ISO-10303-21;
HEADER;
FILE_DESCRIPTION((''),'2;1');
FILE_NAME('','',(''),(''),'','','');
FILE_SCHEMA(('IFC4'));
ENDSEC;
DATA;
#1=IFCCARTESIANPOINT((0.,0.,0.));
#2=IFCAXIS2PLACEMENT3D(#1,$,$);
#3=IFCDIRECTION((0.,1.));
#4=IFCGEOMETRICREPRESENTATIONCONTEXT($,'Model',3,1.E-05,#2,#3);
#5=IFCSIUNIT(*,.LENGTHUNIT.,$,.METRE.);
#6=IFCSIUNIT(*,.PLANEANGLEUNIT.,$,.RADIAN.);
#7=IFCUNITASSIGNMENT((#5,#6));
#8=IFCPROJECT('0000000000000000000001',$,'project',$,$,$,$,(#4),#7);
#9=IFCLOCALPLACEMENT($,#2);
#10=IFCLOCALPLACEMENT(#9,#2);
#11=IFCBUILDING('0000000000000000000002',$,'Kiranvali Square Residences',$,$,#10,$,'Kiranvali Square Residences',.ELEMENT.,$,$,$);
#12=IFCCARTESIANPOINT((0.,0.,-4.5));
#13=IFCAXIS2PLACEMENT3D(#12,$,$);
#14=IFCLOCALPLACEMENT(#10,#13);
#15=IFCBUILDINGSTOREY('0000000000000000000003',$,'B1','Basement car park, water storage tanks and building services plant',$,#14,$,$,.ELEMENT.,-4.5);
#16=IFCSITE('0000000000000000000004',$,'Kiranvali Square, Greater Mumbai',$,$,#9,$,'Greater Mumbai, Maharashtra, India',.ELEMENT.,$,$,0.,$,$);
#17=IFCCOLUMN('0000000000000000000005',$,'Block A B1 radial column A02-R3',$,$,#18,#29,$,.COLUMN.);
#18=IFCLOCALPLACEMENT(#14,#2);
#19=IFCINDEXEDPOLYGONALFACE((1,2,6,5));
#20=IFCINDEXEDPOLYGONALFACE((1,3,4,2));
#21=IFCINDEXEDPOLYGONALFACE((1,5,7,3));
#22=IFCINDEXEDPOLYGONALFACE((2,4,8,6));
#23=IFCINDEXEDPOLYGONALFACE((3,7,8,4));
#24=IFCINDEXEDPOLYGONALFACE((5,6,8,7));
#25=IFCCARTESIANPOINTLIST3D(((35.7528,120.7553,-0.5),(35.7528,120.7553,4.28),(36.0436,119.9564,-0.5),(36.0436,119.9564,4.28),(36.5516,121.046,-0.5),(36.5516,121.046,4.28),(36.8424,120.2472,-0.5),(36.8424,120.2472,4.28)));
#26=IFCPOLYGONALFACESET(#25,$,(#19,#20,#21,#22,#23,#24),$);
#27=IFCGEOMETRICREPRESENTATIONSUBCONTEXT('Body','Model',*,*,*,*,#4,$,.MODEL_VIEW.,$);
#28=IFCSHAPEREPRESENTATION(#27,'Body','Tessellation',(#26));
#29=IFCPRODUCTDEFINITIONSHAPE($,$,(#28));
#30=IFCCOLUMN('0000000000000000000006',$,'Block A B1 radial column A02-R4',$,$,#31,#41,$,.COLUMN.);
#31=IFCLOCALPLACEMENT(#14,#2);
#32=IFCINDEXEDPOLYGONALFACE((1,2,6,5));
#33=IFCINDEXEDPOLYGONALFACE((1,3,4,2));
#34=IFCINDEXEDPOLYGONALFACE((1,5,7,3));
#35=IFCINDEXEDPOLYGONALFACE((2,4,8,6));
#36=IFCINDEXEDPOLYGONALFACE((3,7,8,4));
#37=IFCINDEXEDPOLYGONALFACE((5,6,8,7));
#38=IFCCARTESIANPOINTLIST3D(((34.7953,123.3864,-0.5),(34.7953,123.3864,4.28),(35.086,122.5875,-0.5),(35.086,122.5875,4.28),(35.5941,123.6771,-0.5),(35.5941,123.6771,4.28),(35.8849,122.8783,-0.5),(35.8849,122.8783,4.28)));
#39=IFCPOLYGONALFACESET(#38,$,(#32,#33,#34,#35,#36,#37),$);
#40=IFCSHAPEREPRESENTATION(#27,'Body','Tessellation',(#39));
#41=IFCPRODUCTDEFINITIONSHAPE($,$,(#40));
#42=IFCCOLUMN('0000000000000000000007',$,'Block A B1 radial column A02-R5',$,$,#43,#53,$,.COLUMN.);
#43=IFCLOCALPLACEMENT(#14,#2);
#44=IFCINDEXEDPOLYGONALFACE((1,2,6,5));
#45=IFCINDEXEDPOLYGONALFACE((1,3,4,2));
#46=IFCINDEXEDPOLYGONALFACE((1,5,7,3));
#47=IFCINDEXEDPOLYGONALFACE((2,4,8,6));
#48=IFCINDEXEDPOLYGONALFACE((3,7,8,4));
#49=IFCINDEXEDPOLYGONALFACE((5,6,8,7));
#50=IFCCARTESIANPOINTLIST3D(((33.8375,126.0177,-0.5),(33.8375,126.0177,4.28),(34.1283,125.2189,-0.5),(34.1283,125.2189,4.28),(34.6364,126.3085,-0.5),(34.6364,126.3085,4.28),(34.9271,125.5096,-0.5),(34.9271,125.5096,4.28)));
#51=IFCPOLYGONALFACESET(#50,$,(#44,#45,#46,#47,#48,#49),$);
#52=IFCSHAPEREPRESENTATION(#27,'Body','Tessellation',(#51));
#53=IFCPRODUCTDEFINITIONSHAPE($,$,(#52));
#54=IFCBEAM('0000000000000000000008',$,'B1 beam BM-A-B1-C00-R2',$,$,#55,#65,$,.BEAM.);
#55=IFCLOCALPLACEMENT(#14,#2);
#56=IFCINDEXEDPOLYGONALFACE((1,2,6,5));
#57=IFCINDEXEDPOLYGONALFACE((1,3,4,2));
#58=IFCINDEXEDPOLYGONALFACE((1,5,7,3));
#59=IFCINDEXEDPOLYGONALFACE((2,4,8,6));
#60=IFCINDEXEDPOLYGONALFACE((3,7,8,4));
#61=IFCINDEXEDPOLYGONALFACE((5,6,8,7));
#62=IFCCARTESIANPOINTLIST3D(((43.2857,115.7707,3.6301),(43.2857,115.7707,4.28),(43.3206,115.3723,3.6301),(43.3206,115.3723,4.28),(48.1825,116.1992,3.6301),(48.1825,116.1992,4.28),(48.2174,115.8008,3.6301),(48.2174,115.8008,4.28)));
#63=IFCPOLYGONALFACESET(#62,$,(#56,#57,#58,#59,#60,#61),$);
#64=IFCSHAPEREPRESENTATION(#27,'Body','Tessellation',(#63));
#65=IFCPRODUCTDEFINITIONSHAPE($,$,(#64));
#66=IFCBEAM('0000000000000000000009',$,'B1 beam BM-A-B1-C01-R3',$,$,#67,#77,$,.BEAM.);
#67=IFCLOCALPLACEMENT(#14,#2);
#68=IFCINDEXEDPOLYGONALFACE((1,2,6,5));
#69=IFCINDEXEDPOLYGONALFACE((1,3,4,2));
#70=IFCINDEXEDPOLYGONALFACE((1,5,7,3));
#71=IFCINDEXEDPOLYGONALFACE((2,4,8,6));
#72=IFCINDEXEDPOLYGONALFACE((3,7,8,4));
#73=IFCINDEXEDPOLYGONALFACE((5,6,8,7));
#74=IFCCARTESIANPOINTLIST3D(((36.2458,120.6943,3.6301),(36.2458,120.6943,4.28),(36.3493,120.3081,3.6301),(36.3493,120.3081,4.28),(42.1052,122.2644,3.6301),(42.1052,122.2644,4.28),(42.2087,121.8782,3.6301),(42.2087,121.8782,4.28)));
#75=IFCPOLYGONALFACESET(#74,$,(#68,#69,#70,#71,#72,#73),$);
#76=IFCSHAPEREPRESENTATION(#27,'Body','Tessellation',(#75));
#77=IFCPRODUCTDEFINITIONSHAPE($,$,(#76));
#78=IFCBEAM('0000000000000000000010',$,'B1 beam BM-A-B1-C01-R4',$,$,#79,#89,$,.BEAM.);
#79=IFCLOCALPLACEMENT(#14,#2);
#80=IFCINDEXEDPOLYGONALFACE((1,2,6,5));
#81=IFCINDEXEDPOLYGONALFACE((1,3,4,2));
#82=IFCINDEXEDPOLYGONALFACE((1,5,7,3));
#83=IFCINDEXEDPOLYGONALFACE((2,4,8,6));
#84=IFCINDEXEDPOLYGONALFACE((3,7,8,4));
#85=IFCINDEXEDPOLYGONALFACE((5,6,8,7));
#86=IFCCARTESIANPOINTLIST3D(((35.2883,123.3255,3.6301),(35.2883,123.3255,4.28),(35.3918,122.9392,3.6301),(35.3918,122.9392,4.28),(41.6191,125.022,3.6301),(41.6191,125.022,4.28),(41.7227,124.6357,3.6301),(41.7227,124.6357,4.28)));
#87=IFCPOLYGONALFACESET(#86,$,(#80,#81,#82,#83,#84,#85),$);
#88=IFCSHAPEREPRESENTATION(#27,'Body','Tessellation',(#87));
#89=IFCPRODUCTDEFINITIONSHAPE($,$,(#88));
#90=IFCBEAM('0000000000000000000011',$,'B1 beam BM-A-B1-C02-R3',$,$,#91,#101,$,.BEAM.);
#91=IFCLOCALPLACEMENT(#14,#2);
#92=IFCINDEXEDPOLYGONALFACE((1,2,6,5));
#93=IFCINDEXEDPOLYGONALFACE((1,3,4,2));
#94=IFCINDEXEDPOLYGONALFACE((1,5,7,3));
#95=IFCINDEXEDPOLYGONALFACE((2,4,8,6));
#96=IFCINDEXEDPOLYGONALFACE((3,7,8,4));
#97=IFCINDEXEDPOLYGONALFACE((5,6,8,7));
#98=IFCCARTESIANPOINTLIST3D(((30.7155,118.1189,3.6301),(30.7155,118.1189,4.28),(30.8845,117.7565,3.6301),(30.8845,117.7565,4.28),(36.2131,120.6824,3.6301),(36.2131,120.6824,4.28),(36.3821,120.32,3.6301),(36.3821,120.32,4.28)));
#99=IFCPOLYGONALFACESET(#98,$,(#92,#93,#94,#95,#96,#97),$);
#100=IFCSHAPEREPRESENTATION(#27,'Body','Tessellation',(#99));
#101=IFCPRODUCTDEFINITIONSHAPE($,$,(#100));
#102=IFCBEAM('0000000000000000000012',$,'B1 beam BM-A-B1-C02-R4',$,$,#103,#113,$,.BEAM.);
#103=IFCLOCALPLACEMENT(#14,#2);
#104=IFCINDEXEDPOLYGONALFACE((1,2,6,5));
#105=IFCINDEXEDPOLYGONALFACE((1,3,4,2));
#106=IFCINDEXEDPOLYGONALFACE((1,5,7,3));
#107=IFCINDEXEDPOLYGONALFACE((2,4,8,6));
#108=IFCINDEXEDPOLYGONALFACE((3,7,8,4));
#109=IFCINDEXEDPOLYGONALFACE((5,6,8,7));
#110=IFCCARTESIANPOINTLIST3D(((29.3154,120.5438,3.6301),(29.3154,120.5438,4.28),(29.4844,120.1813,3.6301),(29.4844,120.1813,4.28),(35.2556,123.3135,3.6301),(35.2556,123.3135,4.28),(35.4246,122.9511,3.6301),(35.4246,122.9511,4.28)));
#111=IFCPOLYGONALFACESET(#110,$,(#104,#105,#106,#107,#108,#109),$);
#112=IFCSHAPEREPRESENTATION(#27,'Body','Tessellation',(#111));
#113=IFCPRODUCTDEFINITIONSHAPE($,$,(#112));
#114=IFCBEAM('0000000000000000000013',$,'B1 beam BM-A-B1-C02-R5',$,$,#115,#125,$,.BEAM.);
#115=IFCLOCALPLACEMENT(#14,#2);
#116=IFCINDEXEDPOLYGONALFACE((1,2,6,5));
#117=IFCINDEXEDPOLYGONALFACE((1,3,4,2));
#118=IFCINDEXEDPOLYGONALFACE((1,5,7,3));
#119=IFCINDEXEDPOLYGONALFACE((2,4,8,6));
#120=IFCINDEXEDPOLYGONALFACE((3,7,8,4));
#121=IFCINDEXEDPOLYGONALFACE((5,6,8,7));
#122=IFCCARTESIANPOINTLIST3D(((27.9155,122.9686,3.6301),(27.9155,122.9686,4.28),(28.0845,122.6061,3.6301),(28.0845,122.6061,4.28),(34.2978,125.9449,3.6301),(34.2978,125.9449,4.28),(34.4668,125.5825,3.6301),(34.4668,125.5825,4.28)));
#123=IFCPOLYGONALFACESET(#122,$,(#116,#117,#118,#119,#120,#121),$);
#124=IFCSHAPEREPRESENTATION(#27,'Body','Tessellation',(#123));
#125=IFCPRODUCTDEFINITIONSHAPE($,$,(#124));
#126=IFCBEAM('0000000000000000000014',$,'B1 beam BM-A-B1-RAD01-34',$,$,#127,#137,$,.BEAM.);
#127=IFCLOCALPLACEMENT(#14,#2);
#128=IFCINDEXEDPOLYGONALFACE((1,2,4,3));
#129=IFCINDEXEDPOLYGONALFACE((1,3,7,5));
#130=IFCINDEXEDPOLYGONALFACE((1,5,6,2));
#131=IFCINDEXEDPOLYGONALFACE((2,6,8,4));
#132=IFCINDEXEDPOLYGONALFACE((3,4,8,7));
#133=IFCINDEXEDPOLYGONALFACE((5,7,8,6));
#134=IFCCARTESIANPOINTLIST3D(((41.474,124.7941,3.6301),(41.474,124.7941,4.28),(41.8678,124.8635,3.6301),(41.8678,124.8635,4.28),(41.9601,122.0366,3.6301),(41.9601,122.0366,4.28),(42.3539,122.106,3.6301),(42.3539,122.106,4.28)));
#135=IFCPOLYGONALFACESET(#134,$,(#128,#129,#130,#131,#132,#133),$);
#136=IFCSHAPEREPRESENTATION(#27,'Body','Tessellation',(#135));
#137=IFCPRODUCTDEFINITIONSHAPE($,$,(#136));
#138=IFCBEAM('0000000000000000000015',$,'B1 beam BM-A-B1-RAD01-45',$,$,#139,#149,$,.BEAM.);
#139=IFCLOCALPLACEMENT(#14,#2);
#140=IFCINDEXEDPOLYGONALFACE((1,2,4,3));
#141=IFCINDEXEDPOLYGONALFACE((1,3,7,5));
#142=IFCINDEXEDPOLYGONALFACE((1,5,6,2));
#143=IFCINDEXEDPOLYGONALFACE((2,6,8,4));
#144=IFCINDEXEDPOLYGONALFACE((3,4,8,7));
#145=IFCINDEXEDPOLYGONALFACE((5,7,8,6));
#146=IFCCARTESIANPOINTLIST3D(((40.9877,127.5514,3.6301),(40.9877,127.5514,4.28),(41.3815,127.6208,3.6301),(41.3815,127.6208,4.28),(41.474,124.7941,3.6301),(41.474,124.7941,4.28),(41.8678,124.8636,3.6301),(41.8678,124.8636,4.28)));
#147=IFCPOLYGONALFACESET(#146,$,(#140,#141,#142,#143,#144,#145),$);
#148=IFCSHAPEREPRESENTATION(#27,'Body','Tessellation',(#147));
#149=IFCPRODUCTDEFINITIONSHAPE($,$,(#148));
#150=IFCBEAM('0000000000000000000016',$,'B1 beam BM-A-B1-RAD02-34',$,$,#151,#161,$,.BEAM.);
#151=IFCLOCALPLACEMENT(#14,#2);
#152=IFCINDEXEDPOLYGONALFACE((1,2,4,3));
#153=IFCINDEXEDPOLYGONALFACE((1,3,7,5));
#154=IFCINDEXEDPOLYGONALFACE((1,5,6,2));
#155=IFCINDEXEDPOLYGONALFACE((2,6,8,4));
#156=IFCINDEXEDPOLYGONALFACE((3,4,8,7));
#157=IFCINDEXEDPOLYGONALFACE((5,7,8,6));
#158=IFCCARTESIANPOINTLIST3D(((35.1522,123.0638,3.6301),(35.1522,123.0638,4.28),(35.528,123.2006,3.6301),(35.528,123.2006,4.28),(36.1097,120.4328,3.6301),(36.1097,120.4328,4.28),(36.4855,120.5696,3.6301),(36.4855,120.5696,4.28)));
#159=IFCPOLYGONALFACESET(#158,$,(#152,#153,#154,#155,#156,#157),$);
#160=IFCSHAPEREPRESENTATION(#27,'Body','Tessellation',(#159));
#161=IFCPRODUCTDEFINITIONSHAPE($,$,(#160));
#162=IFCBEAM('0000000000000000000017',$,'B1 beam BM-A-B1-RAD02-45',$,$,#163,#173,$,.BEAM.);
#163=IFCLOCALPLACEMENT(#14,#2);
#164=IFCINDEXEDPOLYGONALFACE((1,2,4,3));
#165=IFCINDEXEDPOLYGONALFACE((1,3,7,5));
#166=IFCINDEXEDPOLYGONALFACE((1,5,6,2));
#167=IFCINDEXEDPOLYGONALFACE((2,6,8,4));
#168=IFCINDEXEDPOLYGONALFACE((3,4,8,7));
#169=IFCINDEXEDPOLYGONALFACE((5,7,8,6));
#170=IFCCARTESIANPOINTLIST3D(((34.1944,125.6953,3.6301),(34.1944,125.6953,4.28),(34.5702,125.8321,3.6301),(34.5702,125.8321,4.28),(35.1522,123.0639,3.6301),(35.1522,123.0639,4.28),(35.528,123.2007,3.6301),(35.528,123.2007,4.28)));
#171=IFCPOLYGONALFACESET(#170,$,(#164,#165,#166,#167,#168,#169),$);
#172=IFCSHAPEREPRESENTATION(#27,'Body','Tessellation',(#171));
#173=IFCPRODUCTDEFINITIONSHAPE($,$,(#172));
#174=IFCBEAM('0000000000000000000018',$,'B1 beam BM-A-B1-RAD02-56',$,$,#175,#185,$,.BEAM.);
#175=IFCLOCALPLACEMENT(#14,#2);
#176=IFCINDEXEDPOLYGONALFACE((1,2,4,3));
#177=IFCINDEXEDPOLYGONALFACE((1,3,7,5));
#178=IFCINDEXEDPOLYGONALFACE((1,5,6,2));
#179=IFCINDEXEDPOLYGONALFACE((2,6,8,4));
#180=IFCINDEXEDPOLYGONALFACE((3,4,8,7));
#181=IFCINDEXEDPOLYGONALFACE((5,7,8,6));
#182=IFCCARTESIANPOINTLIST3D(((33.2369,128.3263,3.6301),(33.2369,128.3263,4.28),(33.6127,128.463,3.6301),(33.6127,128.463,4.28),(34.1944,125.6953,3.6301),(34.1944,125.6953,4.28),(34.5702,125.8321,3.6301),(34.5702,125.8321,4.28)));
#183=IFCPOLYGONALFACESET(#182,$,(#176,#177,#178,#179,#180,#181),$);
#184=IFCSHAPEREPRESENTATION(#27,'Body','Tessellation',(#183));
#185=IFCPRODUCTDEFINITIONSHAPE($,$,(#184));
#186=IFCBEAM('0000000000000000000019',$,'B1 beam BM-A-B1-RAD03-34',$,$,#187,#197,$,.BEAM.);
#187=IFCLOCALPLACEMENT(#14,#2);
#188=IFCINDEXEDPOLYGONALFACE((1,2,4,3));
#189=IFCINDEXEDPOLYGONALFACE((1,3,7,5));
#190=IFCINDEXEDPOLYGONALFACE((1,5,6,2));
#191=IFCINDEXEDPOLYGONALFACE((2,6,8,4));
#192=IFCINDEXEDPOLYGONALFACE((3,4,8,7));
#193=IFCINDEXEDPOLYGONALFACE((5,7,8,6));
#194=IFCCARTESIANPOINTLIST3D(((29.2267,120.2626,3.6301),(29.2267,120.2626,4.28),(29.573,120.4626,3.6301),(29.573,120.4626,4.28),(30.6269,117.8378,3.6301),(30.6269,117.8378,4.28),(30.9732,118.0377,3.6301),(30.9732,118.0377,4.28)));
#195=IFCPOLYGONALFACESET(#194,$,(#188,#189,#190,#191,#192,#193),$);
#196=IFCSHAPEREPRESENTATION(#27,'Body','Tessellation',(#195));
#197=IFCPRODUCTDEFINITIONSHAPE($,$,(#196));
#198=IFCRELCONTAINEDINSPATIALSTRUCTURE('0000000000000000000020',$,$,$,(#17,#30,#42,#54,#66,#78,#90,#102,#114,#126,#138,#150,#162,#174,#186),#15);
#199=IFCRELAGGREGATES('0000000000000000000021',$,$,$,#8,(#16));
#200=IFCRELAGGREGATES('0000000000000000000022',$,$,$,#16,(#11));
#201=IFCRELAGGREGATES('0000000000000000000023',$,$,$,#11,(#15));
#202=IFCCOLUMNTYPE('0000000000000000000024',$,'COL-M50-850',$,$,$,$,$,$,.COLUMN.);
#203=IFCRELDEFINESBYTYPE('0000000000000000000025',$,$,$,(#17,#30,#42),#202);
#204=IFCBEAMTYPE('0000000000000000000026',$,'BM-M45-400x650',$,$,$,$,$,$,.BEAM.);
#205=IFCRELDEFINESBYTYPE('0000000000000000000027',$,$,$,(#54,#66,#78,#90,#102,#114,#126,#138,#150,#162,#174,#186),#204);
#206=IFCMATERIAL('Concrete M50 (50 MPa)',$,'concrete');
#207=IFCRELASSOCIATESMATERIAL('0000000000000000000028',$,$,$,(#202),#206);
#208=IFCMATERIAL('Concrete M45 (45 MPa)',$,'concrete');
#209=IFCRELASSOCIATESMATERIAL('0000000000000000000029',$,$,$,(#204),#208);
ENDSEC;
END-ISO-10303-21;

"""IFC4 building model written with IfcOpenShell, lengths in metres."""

from ifc_helpers import new_model, si_unit, direction, frame, origin, origin_2d, place, context, subcontext, project, spatial, rectangle, extrude, material, material_profile, profile_set, type_object, element, save


model = new_model("IFC4")

# Units and contexts
model_context = context("Model", 3, precision=1e-05, world=origin(), true_north=direction((0.0, 1.0)))
body_context = subcontext(model_context, "Body", "Model", "MODEL_VIEW")
ifc_project = project(units=[si_unit("LENGTHUNIT", "METRE"), si_unit("PLANEANGLEUNIT", "RADIAN")], contexts=[model_context])

# Site, building, storey
site_placement = place(None, origin())
site = spatial("IfcSite", under=ifc_project, at=site_placement, Name="Kiranvali Square, Greater Mumbai", LongName="Greater Mumbai, Maharashtra, India", CompositionType="ELEMENT", RefElevation=0.0)
building_placement = place(site_placement, origin())
building = spatial("IfcBuilding", under=site, at=building_placement, Name="Kiranvali Square Residences", LongName="Kiranvali Square Residences", CompositionType="ELEMENT")
storey_placement = place(building_placement, frame((0.0, 0.0, -4.5)))
storey = spatial("IfcBuildingStorey", under=building, at=storey_placement, Name="B1", Description="Basement car park, water storage tanks and building services plant", CompositionType="ELEMENT", Elevation=-4.5)

# Columns
ifc_material_1 = material(Name="Concrete M45 (45 MPa)", Category="concrete")
ifc_material_2 = material(Name="Concrete M50 (50 MPa)", Category="concrete")
ifc_material_profile_1 = material_profile(ifc_material_2, rectangle(XDim=0.8501, YDim=0.8501, at=origin_2d()), Name="RC 850x850")
ifc_profile_set_1 = profile_set([ifc_material_profile_1], Name="Concrete M50 (50 MPa)")
column_type_1 = type_object("IfcColumnType", Name="COL-M50-850", PredefinedType="COLUMN", material=ifc_profile_set_1)
for number, where, z_axis, x_axis, name in (
    (1, (36.2976, 120.5012, -0.5), (0.0, 0.0, 1.0), (0.939693, 0.34202, 0.0), "Block A B1 radial column A02-R3"),
    (2, (35.3401, 123.1323, -0.5), (0.0, 0.0, 1.0), (0.939693, 0.34202, 0.0), "Block A B1 radial column A02-R4"),
    (3, (34.3823, 125.7637, -0.5), (0.0, 0.0, 1.0), (0.939693, 0.34202, 0.0), "Block A B1 radial column A02-R5"),
):
    element("IfcColumn", number, at=place(storey_placement, frame(where, z_axis=z_axis, x_axis=x_axis)), inside=storey, type_object=column_type_1, Name=name, PredefinedType="COLUMN", context=body_context, shape_type="SweptSolid", body=[
        extrude(rectangle(XDim=0.8501, YDim=0.8501, at=origin_2d()), origin(), (0.0, 0.0, 1.0), 4.78),
    ])

# Beams
ifc_material_profile_2 = material_profile(ifc_material_1, rectangle(XDim=0.3999, YDim=0.6499, at=origin_2d()), Name="RC 400x650")
ifc_profile_set_2 = profile_set([ifc_material_profile_2], Name="Concrete M45 (45 MPa)")
beam_type = type_object("IfcBeamType", Name="BM-M45-400x650", PredefinedType="BEAM", material=ifc_profile_set_2)
beam_1_placement = place(storey_placement, frame((48.2, 116.0, 3.9551), z_axis=(-0.996194, -0.087168, 0.0), x_axis=(0.087168, -0.996194, 0.0)))
element("IfcBeam", 4, at=beam_1_placement, inside=storey, type_object=beam_type, Name="B1 beam BM-A-B1-C00-R2", PredefinedType="BEAM", context=body_context, shape_type="SweptSolid", body=[
    extrude(rectangle(XDim=0.3999, YDim=0.6499, at=origin_2d()), origin(), (0.0, 0.0, 1.0), 4.9155),
])
beam_2_placement = place(storey_placement, frame((42.157, 122.0713, 3.9551), z_axis=(-0.965924, -0.258827, 0.0), x_axis=(0.258827, -0.965924, 0.0)))
element("IfcBeam", 5, at=beam_2_placement, inside=storey, type_object=beam_type, Name="B1 beam BM-A-B1-C01-R3", PredefinedType="BEAM", context=body_context, shape_type="SweptSolid", body=[
    extrude(rectangle(XDim=0.3999, YDim=0.6499, at=origin_2d()), origin(), (0.0, 0.0, 1.0), 6.0662),
])
beam_3_placement = place(storey_placement, frame((41.6709, 124.8289, 3.9551), z_axis=(-0.965918, -0.258847, 0.0), x_axis=(0.258847, -0.965918, 0.0)))
element("IfcBeam", 6, at=beam_3_placement, inside=storey, type_object=beam_type, Name="B1 beam BM-A-B1-C01-R4", PredefinedType="BEAM", context=body_context, shape_type="SweptSolid", body=[
    extrude(rectangle(XDim=0.3999, YDim=0.6499, at=origin_2d()), origin(), (0.0, 0.0, 1.0), 6.5542),
])
beam_4_placement = place(storey_placement, frame((36.2976, 120.5012, 3.9551), z_axis=(-0.906313, -0.422608, 0.0), x_axis=(0.422608, -0.906313, 0.0)))
element("IfcBeam", 7, at=beam_4_placement, inside=storey, type_object=beam_type, Name="B1 beam BM-A-B1-C02-R3", PredefinedType="BEAM", context=body_context, shape_type="SweptSolid", body=[
    extrude(rectangle(XDim=0.3999, YDim=0.6499, at=origin_2d()), origin(), (0.0, 0.0, 1.0), 6.0659),
])
beam_5_placement = place(storey_placement, frame((35.3401, 123.1323, 3.9551), z_axis=(-0.906318, -0.422596, 0.0), x_axis=(0.422596, -0.906318, 0.0)))
element("IfcBeam", 8, at=beam_5_placement, inside=storey, type_object=beam_type, Name="B1 beam BM-A-B1-C02-R4", PredefinedType="BEAM", context=body_context, shape_type="SweptSolid", body=[
    extrude(rectangle(XDim=0.3999, YDim=0.6499, at=origin_2d()), origin(), (0.0, 0.0, 1.0), 6.5542),
])
beam_6_placement = place(storey_placement, frame((34.3823, 125.7637, 3.9551), z_axis=(-0.906297, -0.422641, 0.0), x_axis=(0.422641, -0.906297, 0.0)))
element("IfcBeam", 9, at=beam_6_placement, inside=storey, type_object=beam_type, Name="B1 beam BM-A-B1-C02-R5", PredefinedType="BEAM", context=body_context, shape_type="SweptSolid", body=[
    extrude(rectangle(XDim=0.3999, YDim=0.6499, at=origin_2d()), origin(), (0.0, 0.0, 1.0), 7.0422),
])
beam_7_placement = place(storey_placement, frame((42.157, 122.0713, 3.9551), z_axis=(-0.173596, 0.984817, 0.0), x_axis=(-0.984817, -0.173596, 0.0)))
element("IfcBeam", 10, at=beam_7_placement, inside=storey, type_object=beam_type, Name="B1 beam BM-A-B1-RAD01-34", PredefinedType="BEAM", context=body_context, shape_type="SweptSolid", body=[
    extrude(rectangle(XDim=0.3999, YDim=0.6499, at=origin_2d()), origin(), (0.0, 0.0, 1.0), 2.8),
])
for number, where, z_axis, x_axis, name in (
    (11, (41.6709, 124.8289, 3.9551), (-0.173696, 0.984799, 0.0), (-0.984799, -0.173696, 0.0), "B1 beam BM-A-B1-RAD01-45"),
    (12, (36.2976, 120.5012, 3.9551), (-0.341981, 0.939707, 0.0), (-0.939707, -0.341981, 0.0), "B1 beam BM-A-B1-RAD02-34"),
):
    element("IfcBeam", number, at=place(storey_placement, frame(where, z_axis=z_axis, x_axis=x_axis)), inside=storey, type_object=beam_type, Name=name, PredefinedType="BEAM", context=body_context, shape_type="SweptSolid", body=[
        extrude(rectangle(XDim=0.3999, YDim=0.6499, at=origin_2d()), origin(), (0.0, 0.0, 1.0), 2.7998),
    ])
beam_8_placement = place(storey_placement, frame((35.3401, 123.1323, 3.9551), z_axis=(-0.34203, 0.939689, 0.0), x_axis=(-0.939689, -0.34203, 0.0)))
element("IfcBeam", 13, at=beam_8_placement, inside=storey, type_object=beam_type, Name="B1 beam BM-A-B1-RAD02-45", PredefinedType="BEAM", context=body_context, shape_type="SweptSolid", body=[
    extrude(rectangle(XDim=0.3999, YDim=0.6499, at=origin_2d()), origin(), (0.0, 0.0, 1.0), 2.8003),
])
beam_9_placement = place(storey_placement, frame((34.3823, 125.7637, 3.9551), z_axis=(-0.341981, 0.939707, 0.0), x_axis=(-0.939707, -0.341981, 0.0)))
element("IfcBeam", 14, at=beam_9_placement, inside=storey, type_object=beam_type, Name="B1 beam BM-A-B1-RAD02-56", PredefinedType="BEAM", context=body_context, shape_type="SweptSolid", body=[
    extrude(rectangle(XDim=0.3999, YDim=0.6499, at=origin_2d()), origin(), (0.0, 0.0, 1.0), 2.7998),
])
beam_10_placement = place(storey_placement, frame((30.8, 117.9377, 3.9551), z_axis=(-0.50005, 0.865997, 0.0), x_axis=(-0.865997, -0.50005, 0.0)))
element("IfcBeam", 15, at=beam_10_placement, inside=storey, type_object=beam_type, Name="B1 beam BM-A-B1-RAD03-34", PredefinedType="BEAM", context=body_context, shape_type="SweptSolid", body=[
    extrude(rectangle(XDim=0.3999, YDim=0.6499, at=origin_2d()), origin(), (0.0, 0.0, 1.0), 2.8),
])

save(model, "model.ifc")
